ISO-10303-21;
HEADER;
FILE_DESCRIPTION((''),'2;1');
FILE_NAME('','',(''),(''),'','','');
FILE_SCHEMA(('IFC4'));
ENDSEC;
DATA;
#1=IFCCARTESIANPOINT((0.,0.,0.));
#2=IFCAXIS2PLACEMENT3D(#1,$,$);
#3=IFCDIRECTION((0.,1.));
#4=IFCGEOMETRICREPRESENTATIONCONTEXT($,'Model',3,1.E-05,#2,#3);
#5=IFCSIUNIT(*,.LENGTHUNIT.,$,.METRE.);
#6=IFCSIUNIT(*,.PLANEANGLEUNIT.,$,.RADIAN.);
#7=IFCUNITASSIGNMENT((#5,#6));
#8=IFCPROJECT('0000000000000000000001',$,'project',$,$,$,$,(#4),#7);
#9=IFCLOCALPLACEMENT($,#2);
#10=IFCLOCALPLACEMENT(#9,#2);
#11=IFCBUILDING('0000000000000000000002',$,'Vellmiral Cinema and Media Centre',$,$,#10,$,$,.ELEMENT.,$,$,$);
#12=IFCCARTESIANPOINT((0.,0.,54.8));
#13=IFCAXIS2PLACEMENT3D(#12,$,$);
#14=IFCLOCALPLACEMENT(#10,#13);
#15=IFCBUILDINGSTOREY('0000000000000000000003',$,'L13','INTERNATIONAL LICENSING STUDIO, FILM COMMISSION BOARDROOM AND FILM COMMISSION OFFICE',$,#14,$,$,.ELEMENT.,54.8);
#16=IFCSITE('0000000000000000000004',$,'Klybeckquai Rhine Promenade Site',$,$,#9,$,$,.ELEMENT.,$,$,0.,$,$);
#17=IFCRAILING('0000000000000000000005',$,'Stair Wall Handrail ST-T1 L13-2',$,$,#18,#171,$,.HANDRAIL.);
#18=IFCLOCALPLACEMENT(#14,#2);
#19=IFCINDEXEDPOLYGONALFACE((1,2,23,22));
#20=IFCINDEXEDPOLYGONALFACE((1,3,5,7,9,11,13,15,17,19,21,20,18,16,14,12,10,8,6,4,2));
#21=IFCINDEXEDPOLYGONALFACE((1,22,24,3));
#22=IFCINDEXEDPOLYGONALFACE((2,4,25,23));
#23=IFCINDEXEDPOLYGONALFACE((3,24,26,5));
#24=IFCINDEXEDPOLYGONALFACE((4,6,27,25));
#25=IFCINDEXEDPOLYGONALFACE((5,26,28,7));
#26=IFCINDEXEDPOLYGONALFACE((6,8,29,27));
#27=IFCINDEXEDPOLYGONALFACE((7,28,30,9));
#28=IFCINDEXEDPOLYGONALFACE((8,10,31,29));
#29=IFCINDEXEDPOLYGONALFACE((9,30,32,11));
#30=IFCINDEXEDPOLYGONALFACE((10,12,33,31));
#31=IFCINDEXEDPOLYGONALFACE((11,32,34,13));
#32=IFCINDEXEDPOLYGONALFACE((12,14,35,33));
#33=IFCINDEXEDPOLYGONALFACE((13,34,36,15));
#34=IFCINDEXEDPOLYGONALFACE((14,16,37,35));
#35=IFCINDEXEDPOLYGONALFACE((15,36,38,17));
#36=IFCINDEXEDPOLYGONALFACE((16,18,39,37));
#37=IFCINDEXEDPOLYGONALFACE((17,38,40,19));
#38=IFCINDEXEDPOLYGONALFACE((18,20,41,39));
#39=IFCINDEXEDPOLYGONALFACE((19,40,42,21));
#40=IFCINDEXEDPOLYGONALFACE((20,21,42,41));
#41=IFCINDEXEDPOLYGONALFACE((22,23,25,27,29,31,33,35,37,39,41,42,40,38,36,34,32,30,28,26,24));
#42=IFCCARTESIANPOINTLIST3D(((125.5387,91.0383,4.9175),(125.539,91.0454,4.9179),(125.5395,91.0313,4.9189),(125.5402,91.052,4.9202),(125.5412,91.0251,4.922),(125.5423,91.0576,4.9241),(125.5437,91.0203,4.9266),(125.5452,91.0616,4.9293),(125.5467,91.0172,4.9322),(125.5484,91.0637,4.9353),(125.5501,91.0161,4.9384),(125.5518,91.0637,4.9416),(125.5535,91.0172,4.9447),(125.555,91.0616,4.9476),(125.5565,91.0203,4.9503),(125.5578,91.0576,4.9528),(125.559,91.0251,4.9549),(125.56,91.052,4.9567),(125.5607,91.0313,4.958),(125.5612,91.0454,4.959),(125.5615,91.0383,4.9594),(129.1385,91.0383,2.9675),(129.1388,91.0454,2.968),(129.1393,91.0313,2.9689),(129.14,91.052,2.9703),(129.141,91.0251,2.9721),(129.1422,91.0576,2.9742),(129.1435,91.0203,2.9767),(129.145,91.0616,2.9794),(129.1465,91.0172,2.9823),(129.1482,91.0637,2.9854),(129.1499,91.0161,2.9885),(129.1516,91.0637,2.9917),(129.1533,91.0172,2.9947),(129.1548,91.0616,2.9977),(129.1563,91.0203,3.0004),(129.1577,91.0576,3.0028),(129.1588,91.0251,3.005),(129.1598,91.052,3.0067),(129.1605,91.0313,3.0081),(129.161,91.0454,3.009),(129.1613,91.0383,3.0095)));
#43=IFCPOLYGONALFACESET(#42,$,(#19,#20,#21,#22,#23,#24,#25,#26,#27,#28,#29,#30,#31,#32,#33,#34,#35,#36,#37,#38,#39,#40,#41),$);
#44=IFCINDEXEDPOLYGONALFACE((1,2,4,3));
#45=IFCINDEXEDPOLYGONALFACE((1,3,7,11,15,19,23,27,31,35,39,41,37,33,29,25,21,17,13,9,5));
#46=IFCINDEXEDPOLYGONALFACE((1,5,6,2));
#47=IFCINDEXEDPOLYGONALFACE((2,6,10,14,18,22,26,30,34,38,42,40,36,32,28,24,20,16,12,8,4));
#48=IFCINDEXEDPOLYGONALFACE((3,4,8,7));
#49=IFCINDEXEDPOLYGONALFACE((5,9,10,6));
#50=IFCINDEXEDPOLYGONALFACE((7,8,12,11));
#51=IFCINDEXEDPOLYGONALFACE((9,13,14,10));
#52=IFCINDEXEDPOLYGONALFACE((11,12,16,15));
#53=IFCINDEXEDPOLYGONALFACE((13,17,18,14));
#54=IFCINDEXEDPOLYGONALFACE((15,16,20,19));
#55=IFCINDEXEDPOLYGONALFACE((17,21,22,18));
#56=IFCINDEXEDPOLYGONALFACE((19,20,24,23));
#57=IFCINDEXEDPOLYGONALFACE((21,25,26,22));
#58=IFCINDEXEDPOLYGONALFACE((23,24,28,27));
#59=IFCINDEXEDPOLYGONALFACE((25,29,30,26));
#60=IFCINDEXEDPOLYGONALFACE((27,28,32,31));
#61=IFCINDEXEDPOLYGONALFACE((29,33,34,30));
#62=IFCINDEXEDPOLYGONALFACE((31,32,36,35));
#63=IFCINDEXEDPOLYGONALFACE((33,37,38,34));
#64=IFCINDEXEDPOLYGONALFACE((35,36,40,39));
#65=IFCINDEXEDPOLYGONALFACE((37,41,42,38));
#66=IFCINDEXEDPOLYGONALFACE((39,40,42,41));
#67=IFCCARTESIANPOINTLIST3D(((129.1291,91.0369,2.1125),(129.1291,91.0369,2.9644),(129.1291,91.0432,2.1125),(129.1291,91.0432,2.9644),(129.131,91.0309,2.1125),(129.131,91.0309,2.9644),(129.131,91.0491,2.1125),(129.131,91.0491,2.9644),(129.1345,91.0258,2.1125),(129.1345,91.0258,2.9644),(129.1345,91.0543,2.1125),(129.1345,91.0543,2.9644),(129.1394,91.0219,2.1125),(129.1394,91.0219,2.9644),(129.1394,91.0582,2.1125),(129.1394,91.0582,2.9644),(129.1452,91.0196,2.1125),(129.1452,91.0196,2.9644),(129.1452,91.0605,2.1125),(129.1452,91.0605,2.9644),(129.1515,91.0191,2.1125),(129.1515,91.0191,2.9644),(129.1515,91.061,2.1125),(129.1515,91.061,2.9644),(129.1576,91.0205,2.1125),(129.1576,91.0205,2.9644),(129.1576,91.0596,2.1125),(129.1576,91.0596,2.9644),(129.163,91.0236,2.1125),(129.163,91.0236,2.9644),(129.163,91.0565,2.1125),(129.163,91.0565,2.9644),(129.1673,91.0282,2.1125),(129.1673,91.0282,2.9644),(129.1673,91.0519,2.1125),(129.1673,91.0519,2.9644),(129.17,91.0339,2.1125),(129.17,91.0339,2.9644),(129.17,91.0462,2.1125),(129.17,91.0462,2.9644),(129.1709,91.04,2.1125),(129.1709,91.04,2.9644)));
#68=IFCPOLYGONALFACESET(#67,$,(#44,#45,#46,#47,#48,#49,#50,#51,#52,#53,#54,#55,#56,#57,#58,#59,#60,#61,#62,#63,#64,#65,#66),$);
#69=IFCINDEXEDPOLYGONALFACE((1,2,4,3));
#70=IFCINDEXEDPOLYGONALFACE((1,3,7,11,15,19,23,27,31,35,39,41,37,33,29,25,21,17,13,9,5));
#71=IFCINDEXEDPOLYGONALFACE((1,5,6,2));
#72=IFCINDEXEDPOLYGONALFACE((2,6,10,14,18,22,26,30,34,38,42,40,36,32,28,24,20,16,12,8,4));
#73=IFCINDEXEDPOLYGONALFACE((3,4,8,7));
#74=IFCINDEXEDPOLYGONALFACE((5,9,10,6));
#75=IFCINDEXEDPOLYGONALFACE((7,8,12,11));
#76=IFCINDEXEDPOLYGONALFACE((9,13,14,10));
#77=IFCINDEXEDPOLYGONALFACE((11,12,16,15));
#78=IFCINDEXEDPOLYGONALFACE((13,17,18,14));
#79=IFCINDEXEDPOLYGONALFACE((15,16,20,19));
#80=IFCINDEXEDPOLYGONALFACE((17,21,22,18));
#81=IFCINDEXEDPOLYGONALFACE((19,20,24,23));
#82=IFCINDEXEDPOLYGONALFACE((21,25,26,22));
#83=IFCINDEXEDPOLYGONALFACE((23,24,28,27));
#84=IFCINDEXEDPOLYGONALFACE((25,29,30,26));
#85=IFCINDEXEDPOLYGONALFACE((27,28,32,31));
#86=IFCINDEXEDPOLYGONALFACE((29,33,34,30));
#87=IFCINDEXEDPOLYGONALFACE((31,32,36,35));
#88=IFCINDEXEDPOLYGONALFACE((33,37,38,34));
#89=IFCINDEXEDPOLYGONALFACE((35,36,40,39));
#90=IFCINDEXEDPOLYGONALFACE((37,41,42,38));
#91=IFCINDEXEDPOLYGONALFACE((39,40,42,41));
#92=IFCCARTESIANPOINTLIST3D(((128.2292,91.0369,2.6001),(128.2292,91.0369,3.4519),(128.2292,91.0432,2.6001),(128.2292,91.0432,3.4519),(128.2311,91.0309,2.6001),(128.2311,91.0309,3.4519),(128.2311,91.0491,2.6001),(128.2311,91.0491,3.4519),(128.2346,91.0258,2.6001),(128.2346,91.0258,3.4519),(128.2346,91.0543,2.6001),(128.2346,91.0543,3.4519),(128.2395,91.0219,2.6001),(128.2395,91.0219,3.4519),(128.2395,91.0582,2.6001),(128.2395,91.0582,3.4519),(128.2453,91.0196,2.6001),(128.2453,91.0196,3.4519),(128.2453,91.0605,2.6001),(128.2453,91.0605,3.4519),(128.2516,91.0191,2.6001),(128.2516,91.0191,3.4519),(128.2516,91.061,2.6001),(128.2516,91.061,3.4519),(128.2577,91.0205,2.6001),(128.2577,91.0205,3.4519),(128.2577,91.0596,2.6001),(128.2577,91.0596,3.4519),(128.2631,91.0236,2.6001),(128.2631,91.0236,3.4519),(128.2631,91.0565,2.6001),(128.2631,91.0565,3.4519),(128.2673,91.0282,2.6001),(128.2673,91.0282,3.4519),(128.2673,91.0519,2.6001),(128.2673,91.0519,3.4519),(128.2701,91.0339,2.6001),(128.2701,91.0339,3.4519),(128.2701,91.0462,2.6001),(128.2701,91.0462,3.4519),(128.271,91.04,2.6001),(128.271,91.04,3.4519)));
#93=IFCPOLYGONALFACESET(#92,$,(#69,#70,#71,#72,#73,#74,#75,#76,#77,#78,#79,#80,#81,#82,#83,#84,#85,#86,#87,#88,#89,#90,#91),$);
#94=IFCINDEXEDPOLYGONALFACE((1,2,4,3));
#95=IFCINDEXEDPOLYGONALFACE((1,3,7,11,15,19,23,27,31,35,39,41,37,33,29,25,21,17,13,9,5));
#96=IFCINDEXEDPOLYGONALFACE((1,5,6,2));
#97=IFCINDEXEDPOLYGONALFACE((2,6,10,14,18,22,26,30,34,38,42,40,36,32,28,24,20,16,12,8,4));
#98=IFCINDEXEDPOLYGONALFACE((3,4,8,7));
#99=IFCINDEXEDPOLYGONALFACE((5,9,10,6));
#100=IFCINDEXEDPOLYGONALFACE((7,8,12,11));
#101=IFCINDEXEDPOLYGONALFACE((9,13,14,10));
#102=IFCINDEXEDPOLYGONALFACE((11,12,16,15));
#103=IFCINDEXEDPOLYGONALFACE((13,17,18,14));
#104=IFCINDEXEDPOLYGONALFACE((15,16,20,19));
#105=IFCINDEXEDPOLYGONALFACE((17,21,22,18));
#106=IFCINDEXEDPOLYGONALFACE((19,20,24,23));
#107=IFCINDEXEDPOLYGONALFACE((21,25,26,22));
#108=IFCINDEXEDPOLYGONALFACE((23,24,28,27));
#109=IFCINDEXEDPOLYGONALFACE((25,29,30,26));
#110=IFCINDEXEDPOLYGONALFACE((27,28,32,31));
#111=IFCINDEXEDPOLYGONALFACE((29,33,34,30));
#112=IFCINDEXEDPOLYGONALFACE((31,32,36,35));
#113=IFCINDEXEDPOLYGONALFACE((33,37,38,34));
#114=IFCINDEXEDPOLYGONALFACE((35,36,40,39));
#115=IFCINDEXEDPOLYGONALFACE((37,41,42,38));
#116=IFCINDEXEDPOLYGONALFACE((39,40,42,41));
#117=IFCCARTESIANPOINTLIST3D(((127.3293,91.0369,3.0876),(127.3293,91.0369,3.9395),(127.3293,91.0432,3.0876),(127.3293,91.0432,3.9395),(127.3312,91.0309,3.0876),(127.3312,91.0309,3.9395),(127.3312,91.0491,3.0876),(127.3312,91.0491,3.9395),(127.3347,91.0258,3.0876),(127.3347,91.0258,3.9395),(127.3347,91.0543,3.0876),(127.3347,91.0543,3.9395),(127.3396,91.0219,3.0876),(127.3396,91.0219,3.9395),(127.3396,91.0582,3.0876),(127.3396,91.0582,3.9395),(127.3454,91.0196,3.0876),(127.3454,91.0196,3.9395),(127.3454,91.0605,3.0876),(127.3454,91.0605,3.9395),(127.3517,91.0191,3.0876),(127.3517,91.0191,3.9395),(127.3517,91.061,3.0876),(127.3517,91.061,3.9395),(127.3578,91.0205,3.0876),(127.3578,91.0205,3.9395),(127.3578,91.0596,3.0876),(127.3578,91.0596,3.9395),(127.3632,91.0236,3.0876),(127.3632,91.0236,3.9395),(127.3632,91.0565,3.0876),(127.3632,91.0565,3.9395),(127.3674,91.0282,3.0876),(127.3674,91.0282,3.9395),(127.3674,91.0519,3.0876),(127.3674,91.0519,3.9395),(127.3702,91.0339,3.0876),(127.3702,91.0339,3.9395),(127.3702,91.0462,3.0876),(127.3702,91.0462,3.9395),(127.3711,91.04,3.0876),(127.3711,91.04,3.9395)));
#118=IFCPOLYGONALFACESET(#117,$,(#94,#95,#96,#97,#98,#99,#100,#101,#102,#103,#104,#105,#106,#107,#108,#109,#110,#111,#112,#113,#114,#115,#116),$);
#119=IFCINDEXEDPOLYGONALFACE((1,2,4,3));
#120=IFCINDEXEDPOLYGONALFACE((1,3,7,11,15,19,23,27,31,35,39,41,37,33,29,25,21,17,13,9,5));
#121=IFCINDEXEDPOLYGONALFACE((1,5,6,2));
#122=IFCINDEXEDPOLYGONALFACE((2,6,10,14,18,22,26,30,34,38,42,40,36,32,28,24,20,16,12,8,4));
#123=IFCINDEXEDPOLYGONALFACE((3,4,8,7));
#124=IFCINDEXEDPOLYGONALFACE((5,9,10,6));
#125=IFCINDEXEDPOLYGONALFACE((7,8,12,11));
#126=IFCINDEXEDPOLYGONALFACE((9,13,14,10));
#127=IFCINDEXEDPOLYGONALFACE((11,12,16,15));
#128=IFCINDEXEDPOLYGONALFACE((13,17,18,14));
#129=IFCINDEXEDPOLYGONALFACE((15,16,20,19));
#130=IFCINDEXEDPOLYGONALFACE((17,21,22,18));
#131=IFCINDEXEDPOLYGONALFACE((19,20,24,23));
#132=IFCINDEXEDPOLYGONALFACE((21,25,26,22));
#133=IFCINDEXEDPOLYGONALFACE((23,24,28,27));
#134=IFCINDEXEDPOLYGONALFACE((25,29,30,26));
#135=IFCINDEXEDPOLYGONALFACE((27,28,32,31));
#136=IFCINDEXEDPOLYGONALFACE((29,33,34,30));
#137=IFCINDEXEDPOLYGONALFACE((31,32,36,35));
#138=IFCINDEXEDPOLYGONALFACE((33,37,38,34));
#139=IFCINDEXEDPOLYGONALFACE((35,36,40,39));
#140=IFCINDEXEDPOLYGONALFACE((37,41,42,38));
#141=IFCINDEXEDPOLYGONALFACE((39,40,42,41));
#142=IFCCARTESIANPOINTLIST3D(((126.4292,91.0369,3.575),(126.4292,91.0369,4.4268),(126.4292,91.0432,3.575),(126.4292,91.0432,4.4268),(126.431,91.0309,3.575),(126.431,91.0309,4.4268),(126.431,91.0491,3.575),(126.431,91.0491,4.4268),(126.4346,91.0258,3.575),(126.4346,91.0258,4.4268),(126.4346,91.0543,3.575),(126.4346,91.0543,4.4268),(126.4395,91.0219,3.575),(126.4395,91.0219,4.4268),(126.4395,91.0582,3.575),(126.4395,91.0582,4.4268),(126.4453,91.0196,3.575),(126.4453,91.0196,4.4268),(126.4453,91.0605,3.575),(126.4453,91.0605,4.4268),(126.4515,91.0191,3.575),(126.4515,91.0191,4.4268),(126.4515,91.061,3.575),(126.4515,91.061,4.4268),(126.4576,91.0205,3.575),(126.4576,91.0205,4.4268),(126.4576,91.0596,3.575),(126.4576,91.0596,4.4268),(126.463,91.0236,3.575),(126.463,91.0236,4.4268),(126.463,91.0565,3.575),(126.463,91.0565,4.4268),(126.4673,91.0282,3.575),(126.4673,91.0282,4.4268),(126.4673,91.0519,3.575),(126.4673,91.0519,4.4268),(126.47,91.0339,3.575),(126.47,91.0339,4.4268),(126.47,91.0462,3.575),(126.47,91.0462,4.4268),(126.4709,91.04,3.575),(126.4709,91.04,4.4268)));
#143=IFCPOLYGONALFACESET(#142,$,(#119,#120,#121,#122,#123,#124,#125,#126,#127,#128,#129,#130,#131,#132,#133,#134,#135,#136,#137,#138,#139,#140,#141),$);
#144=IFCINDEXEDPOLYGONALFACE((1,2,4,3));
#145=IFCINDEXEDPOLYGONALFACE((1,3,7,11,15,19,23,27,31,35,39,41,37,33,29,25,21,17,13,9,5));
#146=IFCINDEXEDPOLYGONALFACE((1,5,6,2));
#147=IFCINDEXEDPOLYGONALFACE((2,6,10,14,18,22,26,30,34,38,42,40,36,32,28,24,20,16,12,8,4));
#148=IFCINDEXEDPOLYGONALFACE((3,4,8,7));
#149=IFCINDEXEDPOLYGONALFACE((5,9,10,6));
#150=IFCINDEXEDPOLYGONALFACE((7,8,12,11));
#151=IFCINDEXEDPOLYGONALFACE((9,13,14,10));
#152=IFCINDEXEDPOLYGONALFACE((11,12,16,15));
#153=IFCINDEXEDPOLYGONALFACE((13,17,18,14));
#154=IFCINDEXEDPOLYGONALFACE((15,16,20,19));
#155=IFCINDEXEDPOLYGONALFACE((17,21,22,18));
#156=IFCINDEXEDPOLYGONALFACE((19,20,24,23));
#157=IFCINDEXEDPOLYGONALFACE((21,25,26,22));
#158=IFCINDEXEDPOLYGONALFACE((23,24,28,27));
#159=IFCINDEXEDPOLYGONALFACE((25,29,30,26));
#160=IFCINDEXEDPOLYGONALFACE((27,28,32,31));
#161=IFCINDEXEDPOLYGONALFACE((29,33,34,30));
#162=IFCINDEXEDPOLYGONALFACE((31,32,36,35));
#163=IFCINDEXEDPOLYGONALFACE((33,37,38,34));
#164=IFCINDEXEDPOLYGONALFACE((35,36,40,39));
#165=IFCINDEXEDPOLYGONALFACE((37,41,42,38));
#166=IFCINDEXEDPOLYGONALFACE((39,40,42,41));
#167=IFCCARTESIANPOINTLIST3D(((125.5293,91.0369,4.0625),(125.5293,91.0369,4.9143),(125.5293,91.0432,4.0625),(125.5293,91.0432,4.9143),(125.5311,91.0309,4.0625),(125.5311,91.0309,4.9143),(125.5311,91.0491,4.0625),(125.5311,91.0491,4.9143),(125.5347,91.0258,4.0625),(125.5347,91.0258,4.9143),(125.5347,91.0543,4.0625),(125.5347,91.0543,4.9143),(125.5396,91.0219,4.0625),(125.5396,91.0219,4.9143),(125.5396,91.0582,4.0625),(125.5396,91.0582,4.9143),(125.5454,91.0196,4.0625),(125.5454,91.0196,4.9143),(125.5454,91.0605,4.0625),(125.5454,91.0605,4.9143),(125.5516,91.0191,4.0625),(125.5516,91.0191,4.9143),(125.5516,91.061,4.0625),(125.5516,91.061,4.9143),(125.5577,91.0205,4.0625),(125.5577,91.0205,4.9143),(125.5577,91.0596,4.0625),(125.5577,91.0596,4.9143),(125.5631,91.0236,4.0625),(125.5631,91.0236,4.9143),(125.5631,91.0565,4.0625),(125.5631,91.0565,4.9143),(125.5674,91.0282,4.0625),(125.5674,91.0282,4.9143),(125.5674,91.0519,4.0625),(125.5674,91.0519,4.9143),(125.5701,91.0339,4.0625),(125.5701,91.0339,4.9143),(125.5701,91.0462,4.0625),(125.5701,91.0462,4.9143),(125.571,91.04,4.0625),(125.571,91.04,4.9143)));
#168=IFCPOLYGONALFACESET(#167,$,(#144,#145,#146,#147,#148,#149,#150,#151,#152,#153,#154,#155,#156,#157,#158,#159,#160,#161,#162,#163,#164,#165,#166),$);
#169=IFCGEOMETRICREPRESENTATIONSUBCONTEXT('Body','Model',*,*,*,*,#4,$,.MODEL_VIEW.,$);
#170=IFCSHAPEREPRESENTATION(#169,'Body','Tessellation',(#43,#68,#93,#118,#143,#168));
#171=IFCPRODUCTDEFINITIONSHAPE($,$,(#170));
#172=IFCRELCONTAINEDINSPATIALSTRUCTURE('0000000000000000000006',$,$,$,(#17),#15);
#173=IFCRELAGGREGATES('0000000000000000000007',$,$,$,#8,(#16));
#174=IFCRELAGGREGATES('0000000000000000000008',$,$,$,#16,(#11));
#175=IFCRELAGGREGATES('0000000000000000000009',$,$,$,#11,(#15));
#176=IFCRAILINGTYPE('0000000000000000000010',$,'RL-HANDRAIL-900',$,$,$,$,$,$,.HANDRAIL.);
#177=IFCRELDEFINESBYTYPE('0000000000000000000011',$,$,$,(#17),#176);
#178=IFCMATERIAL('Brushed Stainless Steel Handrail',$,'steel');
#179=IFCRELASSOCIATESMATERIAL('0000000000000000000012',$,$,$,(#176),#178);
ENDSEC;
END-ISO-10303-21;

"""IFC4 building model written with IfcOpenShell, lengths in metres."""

from ifc_helpers import new_model, si_unit, direction, frame, origin, origin_2d, place, context, subcontext, project, spatial, circle, extrude, material, type_object, element, save


model = new_model("IFC4")

# Units and contexts
model_context = context("Model", 3, precision=1e-05, world=origin(), true_north=direction((0.0, 1.0)))
body_context = subcontext(model_context, "Body", "Model", "MODEL_VIEW")
ifc_project = project(units=[si_unit("LENGTHUNIT", "METRE"), si_unit("PLANEANGLEUNIT", "RADIAN")], contexts=[model_context])

# Site, building, storey
site_placement = place(None, origin())
site = spatial("IfcSite", under=ifc_project, at=site_placement, Name="Klybeckquai Rhine Promenade Site", CompositionType="ELEMENT", RefElevation=0.0)
building_placement = place(site_placement, origin())
building = spatial("IfcBuilding", under=site, at=building_placement, Name="Vellmiral Cinema and Media Centre", CompositionType="ELEMENT")
storey_placement = place(building_placement, frame((0.0, 0.0, 54.8)))
storey = spatial("IfcBuildingStorey", under=building, at=storey_placement, Name="L13", Description="INTERNATIONAL LICENSING STUDIO, FILM COMMISSION BOARDROOM AND FILM COMMISSION OFFICE", CompositionType="ELEMENT", Elevation=54.8)

# Railing
ifc_material_1 = material(Name="Brushed Stainless Steel Handrail", Category="steel")
railing_type_1 = type_object("IfcRailingType", Name="RL-HANDRAIL-900", PredefinedType="HANDRAIL", material=ifc_material_1)
railing_1_placement = place(storey_placement, frame((129.1499, 91.04, 2.1125)))
element("IfcRailing", 1, at=railing_1_placement, inside=storey, type_object=railing_type_1, Name="Stair Wall Handrail ST-T1 L13-2", PredefinedType="HANDRAIL", context=body_context, shape_type="SweptSolid", body=[
    extrude(circle(Radius=0.0239, at=origin_2d()), frame((0.0, 0.0, 0.876), z_axis=(-0.879289, 0.0, 0.476289), x_axis=(0.0, -1.0, 0.0)), (0.0, 0.0, 1.0), 4.094),
    extrude(circle(Radius=0.021, at=origin_2d()), origin(), (0.0, 0.0, 1.0), 0.8518),
    extrude(circle(Radius=0.021, at=origin_2d()), frame((-0.8999, 0.0, 0.4875)), (0.0, 0.0, 1.0), 0.8518),
    extrude(circle(Radius=0.021, at=origin_2d()), frame((-1.7998, 0.0, 0.9751)), (0.0, 0.0, 1.0), 0.8518),
    extrude(circle(Radius=0.021, at=origin_2d()), frame((-2.7, 0.0, 1.4624)), (0.0, 0.0, 1.0), 0.8518),
    extrude(circle(Radius=0.021, at=origin_2d()), frame((-3.5999, 0.0, 1.95)), (0.0, 0.0, 1.0), 0.8518),
])

save(model, "model.ifc")
